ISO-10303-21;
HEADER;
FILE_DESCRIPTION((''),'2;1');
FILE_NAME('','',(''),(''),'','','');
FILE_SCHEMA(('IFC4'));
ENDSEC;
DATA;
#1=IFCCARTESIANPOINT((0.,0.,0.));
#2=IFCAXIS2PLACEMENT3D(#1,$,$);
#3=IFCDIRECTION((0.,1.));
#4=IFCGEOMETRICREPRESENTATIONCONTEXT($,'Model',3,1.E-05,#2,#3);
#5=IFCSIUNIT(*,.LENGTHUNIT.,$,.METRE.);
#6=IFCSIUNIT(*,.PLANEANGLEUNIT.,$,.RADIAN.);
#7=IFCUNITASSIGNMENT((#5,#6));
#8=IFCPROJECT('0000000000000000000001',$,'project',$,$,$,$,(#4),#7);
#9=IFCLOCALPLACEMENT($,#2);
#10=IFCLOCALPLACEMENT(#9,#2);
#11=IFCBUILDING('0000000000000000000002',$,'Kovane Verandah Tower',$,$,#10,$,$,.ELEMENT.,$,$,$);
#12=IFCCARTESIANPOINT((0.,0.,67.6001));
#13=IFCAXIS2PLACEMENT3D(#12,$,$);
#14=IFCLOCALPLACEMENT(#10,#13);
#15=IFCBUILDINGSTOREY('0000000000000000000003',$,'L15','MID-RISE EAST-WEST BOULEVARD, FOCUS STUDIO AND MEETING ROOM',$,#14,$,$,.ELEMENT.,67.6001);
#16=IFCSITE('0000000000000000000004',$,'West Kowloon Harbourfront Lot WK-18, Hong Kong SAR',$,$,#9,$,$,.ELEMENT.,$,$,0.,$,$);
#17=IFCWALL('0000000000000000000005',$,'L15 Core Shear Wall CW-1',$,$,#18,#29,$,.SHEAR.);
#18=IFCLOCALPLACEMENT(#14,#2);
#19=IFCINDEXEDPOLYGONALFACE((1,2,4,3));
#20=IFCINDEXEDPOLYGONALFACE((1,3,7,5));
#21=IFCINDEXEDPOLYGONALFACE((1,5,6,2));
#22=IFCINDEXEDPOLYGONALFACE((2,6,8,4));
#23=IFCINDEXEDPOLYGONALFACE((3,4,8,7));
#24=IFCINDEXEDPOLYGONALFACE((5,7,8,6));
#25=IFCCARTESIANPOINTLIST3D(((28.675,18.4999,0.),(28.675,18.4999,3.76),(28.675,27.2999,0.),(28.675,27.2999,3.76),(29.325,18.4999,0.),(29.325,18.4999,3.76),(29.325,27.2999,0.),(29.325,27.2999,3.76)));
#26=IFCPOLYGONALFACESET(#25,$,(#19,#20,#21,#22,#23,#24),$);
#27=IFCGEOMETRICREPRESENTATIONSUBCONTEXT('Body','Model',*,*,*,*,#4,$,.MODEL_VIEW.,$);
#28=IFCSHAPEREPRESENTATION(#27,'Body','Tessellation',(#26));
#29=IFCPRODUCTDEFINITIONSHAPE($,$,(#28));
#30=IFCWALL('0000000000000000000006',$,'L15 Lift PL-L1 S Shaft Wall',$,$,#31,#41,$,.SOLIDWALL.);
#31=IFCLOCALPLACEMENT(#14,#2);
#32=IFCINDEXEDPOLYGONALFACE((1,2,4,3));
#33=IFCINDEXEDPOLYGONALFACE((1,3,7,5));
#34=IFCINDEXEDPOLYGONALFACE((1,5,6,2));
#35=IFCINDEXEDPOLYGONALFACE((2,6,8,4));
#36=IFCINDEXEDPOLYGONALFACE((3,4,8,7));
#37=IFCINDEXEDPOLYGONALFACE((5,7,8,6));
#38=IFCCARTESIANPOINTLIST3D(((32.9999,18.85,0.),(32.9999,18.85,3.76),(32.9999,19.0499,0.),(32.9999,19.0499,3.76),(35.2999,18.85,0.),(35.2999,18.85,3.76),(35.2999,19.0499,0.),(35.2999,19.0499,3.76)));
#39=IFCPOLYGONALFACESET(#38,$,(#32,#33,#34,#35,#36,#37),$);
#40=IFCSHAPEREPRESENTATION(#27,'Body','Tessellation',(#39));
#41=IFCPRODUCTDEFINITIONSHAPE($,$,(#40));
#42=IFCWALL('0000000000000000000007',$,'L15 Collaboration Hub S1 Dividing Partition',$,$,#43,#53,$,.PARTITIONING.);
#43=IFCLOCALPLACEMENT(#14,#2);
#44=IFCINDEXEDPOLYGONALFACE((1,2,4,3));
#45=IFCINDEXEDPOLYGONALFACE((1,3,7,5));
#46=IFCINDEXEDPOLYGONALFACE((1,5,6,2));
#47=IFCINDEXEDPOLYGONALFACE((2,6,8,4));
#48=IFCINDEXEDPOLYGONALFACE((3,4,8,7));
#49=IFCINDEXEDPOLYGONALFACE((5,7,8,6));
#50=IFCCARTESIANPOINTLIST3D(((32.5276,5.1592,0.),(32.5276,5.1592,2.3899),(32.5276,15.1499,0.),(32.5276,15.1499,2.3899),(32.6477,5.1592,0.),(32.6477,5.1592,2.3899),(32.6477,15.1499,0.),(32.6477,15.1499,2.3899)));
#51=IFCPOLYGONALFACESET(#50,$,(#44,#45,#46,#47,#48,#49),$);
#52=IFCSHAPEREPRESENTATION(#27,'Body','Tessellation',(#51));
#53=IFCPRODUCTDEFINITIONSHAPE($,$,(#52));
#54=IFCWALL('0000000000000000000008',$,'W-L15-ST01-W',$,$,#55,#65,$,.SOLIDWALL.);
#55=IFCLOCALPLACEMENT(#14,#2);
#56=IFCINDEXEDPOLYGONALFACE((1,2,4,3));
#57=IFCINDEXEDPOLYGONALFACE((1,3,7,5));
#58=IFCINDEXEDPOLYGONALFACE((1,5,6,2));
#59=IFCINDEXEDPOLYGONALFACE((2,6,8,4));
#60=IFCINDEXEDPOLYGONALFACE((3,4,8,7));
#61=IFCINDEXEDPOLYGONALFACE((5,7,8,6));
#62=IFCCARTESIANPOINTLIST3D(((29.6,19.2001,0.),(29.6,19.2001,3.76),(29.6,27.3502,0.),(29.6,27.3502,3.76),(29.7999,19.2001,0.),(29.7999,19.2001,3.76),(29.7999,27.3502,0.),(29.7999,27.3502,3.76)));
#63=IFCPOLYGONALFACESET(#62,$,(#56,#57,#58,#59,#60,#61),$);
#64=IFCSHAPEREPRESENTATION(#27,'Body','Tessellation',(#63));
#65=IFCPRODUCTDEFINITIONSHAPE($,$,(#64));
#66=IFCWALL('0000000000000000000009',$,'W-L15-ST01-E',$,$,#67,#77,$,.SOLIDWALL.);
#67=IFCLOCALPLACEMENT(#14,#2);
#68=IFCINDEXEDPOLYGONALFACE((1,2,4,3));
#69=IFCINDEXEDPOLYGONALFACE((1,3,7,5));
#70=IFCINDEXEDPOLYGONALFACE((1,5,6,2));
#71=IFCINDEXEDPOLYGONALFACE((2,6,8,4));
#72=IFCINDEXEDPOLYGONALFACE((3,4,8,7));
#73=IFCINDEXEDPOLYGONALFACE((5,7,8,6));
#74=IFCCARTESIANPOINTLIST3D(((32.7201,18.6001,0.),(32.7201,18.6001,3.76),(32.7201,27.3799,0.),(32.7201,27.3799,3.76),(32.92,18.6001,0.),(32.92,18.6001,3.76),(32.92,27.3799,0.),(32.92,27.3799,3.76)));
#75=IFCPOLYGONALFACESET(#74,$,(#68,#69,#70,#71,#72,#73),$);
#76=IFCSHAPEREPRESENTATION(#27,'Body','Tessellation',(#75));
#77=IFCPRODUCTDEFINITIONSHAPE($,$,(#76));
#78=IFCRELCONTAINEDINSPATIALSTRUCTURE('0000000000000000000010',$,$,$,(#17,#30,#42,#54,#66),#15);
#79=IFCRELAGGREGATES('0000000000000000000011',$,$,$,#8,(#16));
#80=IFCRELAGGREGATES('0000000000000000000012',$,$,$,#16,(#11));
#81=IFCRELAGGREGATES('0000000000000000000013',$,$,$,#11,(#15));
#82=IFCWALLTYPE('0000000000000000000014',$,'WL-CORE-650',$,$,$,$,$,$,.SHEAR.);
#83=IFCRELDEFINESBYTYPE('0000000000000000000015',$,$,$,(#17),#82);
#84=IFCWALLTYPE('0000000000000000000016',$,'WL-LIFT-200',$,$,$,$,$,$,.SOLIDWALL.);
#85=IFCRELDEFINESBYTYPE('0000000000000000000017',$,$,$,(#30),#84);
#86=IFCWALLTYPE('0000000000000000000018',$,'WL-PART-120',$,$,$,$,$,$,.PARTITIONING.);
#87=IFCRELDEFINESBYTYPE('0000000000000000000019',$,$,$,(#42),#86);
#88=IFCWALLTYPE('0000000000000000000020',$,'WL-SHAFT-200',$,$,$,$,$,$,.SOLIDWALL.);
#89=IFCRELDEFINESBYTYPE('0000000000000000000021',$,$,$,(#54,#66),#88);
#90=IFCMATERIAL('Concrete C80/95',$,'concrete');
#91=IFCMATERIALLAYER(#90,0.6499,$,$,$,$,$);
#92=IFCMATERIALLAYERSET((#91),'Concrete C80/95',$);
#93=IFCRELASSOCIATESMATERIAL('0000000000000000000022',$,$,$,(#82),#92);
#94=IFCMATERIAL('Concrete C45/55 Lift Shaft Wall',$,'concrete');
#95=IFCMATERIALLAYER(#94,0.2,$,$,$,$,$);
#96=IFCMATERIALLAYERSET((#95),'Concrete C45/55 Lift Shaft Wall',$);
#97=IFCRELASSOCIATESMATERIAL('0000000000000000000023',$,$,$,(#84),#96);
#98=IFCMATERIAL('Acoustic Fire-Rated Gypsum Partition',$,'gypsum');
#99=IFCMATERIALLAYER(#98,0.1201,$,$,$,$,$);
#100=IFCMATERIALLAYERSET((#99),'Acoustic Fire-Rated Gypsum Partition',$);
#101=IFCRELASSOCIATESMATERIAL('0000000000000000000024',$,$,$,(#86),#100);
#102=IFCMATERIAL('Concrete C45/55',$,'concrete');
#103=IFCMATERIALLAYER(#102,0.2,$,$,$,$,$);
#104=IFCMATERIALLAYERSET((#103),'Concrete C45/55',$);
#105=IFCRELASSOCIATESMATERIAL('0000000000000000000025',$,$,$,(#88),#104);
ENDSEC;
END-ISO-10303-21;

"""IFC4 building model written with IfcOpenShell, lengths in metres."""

from ifc_helpers import new_model, si_unit, direction, frame, frame_2d, origin, place, context, subcontext, project, spatial, rectangle, extrude, material, layer, layer_set, type_object, element, save


model = new_model("IFC4")

# Units and contexts
model_context = context("Model", 3, precision=1e-05, world=origin(), true_north=direction((0.0, 1.0)))
body_context = subcontext(model_context, "Body", "Model", "MODEL_VIEW")
ifc_project = project(units=[si_unit("LENGTHUNIT", "METRE"), si_unit("PLANEANGLEUNIT", "RADIAN")], contexts=[model_context])

# Site, building, storey
site_placement = place(None, origin())
site = spatial("IfcSite", under=ifc_project, at=site_placement, Name="West Kowloon Harbourfront Lot WK-18, Hong Kong SAR", CompositionType="ELEMENT", RefElevation=0.0)
building_placement = place(site_placement, origin())
building = spatial("IfcBuilding", under=site, at=building_placement, Name="Kovane Verandah Tower", CompositionType="ELEMENT")
storey_placement = place(building_placement, frame((0.0, 0.0, 67.6001)))
storey = spatial("IfcBuildingStorey", under=building, at=storey_placement, Name="L15", Description="MID-RISE EAST-WEST BOULEVARD, FOCUS STUDIO AND MEETING ROOM", CompositionType="ELEMENT", Elevation=67.6001)

# Shared definitions
ifc_material_1 = material(Name="Concrete C80/95", Category="concrete")

# Walls
ifc_layer_1 = layer(ifc_material_1, 0.6499)
ifc_layer_set_1 = layer_set([ifc_layer_1], Name="Concrete C80/95")
wall_type_1 = type_object("IfcWallType", Name="WL-CORE-650", PredefinedType="SHEAR", material=ifc_layer_set_1)
wall_1_placement = place(storey_placement, frame((29.0, 18.5, 0.0), z_axis=(0.0, 0.0, 1.0), x_axis=(0.0, 1.0, 0.0)))
element("IfcWall", 1, at=wall_1_placement, inside=storey, type_object=wall_type_1, Name="L15 Core Shear Wall CW-1", PredefinedType="SHEAR", context=body_context, shape_type="SweptSolid", body=[
    extrude(rectangle(XDim=8.8, YDim=0.6499, at=frame_2d((4.3999, 0.0))), origin(), (0.0, 0.0, 1.0), 3.76),
])
ifc_material_2 = material(Name="Concrete C45/55 Lift Shaft Wall", Category="concrete")
ifc_layer_2 = layer(ifc_material_2, 0.2)
ifc_layer_set_2 = layer_set([ifc_layer_2], Name="Concrete C45/55 Lift Shaft Wall")
wall_type_2 = type_object("IfcWallType", Name="WL-LIFT-200", PredefinedType="SOLIDWALL", material=ifc_layer_set_2)
wall_2_placement = place(storey_placement, frame((33.0, 18.95, 0.0), z_axis=(0.0, 0.0, 1.0), x_axis=(1.0, 0.0, 0.0)))
element("IfcWall", 2, at=wall_2_placement, inside=storey, type_object=wall_type_2, Name="L15 Lift PL-L1 S Shaft Wall", PredefinedType="SOLIDWALL", context=body_context, shape_type="SweptSolid", body=[
    extrude(rectangle(XDim=2.3, YDim=0.2, at=frame_2d((1.1499, 0.0))), origin(), (0.0, 0.0, 1.0), 3.76),
])
ifc_material_3 = material(Name="Acoustic Fire-Rated Gypsum Partition", Category="gypsum")
ifc_layer_3 = layer(ifc_material_3, 0.1201)
ifc_layer_set_3 = layer_set([ifc_layer_3], Name="Acoustic Fire-Rated Gypsum Partition")
wall_type_3 = type_object("IfcWallType", Name="WL-PART-120", PredefinedType="PARTITIONING", material=ifc_layer_set_3)
wall_3_placement = place(storey_placement, frame((32.5876, 5.1592, 0.0), z_axis=(0.0, 0.0, 1.0), x_axis=(0.0, 1.0, 0.0)))
element("IfcWall", 3, at=wall_3_placement, inside=storey, type_object=wall_type_3, Name="L15 Collaboration Hub S1 Dividing Partition", PredefinedType="PARTITIONING", context=body_context, shape_type="SweptSolid", body=[
    extrude(rectangle(XDim=9.9907, YDim=0.1201, at=frame_2d((4.9954, 0.0))), origin(), (0.0, 0.0, 1.0), 2.3899),
])
ifc_material_4 = material(Name="Concrete C45/55", Category="concrete")
ifc_layer_4 = layer(ifc_material_4, 0.2)
ifc_layer_set_4 = layer_set([ifc_layer_4], Name="Concrete C45/55")
wall_type_4 = type_object("IfcWallType", Name="WL-SHAFT-200", PredefinedType="SOLIDWALL", material=ifc_layer_set_4)
wall_4_placement = place(storey_placement, frame((29.7, 19.2, 0.0), z_axis=(0.0, 0.0, 1.0), x_axis=(0.0, 1.0, 0.0)))
element("IfcWall", 4, at=wall_4_placement, inside=storey, type_object=wall_type_4, Name="W-L15-ST01-W", PredefinedType="SOLIDWALL", context=body_context, shape_type="SweptSolid", body=[
    extrude(rectangle(XDim=8.1501, YDim=0.2, at=frame_2d((4.0752, 0.0))), origin(), (0.0, 0.0, 1.0), 3.76),
])
wall_5_placement = place(storey_placement, frame((32.8201, 18.6001, 0.0), z_axis=(0.0, 0.0, 1.0), x_axis=(0.0, 1.0, 0.0)))
element("IfcWall", 5, at=wall_5_placement, inside=storey, type_object=wall_type_4, Name="W-L15-ST01-E", PredefinedType="SOLIDWALL", context=body_context, shape_type="SweptSolid", body=[
    extrude(rectangle(XDim=8.7798, YDim=0.2, at=frame_2d((4.3899, 0.0))), origin(), (0.0, 0.0, 1.0), 3.76),
])

save(model, "model.ifc")
